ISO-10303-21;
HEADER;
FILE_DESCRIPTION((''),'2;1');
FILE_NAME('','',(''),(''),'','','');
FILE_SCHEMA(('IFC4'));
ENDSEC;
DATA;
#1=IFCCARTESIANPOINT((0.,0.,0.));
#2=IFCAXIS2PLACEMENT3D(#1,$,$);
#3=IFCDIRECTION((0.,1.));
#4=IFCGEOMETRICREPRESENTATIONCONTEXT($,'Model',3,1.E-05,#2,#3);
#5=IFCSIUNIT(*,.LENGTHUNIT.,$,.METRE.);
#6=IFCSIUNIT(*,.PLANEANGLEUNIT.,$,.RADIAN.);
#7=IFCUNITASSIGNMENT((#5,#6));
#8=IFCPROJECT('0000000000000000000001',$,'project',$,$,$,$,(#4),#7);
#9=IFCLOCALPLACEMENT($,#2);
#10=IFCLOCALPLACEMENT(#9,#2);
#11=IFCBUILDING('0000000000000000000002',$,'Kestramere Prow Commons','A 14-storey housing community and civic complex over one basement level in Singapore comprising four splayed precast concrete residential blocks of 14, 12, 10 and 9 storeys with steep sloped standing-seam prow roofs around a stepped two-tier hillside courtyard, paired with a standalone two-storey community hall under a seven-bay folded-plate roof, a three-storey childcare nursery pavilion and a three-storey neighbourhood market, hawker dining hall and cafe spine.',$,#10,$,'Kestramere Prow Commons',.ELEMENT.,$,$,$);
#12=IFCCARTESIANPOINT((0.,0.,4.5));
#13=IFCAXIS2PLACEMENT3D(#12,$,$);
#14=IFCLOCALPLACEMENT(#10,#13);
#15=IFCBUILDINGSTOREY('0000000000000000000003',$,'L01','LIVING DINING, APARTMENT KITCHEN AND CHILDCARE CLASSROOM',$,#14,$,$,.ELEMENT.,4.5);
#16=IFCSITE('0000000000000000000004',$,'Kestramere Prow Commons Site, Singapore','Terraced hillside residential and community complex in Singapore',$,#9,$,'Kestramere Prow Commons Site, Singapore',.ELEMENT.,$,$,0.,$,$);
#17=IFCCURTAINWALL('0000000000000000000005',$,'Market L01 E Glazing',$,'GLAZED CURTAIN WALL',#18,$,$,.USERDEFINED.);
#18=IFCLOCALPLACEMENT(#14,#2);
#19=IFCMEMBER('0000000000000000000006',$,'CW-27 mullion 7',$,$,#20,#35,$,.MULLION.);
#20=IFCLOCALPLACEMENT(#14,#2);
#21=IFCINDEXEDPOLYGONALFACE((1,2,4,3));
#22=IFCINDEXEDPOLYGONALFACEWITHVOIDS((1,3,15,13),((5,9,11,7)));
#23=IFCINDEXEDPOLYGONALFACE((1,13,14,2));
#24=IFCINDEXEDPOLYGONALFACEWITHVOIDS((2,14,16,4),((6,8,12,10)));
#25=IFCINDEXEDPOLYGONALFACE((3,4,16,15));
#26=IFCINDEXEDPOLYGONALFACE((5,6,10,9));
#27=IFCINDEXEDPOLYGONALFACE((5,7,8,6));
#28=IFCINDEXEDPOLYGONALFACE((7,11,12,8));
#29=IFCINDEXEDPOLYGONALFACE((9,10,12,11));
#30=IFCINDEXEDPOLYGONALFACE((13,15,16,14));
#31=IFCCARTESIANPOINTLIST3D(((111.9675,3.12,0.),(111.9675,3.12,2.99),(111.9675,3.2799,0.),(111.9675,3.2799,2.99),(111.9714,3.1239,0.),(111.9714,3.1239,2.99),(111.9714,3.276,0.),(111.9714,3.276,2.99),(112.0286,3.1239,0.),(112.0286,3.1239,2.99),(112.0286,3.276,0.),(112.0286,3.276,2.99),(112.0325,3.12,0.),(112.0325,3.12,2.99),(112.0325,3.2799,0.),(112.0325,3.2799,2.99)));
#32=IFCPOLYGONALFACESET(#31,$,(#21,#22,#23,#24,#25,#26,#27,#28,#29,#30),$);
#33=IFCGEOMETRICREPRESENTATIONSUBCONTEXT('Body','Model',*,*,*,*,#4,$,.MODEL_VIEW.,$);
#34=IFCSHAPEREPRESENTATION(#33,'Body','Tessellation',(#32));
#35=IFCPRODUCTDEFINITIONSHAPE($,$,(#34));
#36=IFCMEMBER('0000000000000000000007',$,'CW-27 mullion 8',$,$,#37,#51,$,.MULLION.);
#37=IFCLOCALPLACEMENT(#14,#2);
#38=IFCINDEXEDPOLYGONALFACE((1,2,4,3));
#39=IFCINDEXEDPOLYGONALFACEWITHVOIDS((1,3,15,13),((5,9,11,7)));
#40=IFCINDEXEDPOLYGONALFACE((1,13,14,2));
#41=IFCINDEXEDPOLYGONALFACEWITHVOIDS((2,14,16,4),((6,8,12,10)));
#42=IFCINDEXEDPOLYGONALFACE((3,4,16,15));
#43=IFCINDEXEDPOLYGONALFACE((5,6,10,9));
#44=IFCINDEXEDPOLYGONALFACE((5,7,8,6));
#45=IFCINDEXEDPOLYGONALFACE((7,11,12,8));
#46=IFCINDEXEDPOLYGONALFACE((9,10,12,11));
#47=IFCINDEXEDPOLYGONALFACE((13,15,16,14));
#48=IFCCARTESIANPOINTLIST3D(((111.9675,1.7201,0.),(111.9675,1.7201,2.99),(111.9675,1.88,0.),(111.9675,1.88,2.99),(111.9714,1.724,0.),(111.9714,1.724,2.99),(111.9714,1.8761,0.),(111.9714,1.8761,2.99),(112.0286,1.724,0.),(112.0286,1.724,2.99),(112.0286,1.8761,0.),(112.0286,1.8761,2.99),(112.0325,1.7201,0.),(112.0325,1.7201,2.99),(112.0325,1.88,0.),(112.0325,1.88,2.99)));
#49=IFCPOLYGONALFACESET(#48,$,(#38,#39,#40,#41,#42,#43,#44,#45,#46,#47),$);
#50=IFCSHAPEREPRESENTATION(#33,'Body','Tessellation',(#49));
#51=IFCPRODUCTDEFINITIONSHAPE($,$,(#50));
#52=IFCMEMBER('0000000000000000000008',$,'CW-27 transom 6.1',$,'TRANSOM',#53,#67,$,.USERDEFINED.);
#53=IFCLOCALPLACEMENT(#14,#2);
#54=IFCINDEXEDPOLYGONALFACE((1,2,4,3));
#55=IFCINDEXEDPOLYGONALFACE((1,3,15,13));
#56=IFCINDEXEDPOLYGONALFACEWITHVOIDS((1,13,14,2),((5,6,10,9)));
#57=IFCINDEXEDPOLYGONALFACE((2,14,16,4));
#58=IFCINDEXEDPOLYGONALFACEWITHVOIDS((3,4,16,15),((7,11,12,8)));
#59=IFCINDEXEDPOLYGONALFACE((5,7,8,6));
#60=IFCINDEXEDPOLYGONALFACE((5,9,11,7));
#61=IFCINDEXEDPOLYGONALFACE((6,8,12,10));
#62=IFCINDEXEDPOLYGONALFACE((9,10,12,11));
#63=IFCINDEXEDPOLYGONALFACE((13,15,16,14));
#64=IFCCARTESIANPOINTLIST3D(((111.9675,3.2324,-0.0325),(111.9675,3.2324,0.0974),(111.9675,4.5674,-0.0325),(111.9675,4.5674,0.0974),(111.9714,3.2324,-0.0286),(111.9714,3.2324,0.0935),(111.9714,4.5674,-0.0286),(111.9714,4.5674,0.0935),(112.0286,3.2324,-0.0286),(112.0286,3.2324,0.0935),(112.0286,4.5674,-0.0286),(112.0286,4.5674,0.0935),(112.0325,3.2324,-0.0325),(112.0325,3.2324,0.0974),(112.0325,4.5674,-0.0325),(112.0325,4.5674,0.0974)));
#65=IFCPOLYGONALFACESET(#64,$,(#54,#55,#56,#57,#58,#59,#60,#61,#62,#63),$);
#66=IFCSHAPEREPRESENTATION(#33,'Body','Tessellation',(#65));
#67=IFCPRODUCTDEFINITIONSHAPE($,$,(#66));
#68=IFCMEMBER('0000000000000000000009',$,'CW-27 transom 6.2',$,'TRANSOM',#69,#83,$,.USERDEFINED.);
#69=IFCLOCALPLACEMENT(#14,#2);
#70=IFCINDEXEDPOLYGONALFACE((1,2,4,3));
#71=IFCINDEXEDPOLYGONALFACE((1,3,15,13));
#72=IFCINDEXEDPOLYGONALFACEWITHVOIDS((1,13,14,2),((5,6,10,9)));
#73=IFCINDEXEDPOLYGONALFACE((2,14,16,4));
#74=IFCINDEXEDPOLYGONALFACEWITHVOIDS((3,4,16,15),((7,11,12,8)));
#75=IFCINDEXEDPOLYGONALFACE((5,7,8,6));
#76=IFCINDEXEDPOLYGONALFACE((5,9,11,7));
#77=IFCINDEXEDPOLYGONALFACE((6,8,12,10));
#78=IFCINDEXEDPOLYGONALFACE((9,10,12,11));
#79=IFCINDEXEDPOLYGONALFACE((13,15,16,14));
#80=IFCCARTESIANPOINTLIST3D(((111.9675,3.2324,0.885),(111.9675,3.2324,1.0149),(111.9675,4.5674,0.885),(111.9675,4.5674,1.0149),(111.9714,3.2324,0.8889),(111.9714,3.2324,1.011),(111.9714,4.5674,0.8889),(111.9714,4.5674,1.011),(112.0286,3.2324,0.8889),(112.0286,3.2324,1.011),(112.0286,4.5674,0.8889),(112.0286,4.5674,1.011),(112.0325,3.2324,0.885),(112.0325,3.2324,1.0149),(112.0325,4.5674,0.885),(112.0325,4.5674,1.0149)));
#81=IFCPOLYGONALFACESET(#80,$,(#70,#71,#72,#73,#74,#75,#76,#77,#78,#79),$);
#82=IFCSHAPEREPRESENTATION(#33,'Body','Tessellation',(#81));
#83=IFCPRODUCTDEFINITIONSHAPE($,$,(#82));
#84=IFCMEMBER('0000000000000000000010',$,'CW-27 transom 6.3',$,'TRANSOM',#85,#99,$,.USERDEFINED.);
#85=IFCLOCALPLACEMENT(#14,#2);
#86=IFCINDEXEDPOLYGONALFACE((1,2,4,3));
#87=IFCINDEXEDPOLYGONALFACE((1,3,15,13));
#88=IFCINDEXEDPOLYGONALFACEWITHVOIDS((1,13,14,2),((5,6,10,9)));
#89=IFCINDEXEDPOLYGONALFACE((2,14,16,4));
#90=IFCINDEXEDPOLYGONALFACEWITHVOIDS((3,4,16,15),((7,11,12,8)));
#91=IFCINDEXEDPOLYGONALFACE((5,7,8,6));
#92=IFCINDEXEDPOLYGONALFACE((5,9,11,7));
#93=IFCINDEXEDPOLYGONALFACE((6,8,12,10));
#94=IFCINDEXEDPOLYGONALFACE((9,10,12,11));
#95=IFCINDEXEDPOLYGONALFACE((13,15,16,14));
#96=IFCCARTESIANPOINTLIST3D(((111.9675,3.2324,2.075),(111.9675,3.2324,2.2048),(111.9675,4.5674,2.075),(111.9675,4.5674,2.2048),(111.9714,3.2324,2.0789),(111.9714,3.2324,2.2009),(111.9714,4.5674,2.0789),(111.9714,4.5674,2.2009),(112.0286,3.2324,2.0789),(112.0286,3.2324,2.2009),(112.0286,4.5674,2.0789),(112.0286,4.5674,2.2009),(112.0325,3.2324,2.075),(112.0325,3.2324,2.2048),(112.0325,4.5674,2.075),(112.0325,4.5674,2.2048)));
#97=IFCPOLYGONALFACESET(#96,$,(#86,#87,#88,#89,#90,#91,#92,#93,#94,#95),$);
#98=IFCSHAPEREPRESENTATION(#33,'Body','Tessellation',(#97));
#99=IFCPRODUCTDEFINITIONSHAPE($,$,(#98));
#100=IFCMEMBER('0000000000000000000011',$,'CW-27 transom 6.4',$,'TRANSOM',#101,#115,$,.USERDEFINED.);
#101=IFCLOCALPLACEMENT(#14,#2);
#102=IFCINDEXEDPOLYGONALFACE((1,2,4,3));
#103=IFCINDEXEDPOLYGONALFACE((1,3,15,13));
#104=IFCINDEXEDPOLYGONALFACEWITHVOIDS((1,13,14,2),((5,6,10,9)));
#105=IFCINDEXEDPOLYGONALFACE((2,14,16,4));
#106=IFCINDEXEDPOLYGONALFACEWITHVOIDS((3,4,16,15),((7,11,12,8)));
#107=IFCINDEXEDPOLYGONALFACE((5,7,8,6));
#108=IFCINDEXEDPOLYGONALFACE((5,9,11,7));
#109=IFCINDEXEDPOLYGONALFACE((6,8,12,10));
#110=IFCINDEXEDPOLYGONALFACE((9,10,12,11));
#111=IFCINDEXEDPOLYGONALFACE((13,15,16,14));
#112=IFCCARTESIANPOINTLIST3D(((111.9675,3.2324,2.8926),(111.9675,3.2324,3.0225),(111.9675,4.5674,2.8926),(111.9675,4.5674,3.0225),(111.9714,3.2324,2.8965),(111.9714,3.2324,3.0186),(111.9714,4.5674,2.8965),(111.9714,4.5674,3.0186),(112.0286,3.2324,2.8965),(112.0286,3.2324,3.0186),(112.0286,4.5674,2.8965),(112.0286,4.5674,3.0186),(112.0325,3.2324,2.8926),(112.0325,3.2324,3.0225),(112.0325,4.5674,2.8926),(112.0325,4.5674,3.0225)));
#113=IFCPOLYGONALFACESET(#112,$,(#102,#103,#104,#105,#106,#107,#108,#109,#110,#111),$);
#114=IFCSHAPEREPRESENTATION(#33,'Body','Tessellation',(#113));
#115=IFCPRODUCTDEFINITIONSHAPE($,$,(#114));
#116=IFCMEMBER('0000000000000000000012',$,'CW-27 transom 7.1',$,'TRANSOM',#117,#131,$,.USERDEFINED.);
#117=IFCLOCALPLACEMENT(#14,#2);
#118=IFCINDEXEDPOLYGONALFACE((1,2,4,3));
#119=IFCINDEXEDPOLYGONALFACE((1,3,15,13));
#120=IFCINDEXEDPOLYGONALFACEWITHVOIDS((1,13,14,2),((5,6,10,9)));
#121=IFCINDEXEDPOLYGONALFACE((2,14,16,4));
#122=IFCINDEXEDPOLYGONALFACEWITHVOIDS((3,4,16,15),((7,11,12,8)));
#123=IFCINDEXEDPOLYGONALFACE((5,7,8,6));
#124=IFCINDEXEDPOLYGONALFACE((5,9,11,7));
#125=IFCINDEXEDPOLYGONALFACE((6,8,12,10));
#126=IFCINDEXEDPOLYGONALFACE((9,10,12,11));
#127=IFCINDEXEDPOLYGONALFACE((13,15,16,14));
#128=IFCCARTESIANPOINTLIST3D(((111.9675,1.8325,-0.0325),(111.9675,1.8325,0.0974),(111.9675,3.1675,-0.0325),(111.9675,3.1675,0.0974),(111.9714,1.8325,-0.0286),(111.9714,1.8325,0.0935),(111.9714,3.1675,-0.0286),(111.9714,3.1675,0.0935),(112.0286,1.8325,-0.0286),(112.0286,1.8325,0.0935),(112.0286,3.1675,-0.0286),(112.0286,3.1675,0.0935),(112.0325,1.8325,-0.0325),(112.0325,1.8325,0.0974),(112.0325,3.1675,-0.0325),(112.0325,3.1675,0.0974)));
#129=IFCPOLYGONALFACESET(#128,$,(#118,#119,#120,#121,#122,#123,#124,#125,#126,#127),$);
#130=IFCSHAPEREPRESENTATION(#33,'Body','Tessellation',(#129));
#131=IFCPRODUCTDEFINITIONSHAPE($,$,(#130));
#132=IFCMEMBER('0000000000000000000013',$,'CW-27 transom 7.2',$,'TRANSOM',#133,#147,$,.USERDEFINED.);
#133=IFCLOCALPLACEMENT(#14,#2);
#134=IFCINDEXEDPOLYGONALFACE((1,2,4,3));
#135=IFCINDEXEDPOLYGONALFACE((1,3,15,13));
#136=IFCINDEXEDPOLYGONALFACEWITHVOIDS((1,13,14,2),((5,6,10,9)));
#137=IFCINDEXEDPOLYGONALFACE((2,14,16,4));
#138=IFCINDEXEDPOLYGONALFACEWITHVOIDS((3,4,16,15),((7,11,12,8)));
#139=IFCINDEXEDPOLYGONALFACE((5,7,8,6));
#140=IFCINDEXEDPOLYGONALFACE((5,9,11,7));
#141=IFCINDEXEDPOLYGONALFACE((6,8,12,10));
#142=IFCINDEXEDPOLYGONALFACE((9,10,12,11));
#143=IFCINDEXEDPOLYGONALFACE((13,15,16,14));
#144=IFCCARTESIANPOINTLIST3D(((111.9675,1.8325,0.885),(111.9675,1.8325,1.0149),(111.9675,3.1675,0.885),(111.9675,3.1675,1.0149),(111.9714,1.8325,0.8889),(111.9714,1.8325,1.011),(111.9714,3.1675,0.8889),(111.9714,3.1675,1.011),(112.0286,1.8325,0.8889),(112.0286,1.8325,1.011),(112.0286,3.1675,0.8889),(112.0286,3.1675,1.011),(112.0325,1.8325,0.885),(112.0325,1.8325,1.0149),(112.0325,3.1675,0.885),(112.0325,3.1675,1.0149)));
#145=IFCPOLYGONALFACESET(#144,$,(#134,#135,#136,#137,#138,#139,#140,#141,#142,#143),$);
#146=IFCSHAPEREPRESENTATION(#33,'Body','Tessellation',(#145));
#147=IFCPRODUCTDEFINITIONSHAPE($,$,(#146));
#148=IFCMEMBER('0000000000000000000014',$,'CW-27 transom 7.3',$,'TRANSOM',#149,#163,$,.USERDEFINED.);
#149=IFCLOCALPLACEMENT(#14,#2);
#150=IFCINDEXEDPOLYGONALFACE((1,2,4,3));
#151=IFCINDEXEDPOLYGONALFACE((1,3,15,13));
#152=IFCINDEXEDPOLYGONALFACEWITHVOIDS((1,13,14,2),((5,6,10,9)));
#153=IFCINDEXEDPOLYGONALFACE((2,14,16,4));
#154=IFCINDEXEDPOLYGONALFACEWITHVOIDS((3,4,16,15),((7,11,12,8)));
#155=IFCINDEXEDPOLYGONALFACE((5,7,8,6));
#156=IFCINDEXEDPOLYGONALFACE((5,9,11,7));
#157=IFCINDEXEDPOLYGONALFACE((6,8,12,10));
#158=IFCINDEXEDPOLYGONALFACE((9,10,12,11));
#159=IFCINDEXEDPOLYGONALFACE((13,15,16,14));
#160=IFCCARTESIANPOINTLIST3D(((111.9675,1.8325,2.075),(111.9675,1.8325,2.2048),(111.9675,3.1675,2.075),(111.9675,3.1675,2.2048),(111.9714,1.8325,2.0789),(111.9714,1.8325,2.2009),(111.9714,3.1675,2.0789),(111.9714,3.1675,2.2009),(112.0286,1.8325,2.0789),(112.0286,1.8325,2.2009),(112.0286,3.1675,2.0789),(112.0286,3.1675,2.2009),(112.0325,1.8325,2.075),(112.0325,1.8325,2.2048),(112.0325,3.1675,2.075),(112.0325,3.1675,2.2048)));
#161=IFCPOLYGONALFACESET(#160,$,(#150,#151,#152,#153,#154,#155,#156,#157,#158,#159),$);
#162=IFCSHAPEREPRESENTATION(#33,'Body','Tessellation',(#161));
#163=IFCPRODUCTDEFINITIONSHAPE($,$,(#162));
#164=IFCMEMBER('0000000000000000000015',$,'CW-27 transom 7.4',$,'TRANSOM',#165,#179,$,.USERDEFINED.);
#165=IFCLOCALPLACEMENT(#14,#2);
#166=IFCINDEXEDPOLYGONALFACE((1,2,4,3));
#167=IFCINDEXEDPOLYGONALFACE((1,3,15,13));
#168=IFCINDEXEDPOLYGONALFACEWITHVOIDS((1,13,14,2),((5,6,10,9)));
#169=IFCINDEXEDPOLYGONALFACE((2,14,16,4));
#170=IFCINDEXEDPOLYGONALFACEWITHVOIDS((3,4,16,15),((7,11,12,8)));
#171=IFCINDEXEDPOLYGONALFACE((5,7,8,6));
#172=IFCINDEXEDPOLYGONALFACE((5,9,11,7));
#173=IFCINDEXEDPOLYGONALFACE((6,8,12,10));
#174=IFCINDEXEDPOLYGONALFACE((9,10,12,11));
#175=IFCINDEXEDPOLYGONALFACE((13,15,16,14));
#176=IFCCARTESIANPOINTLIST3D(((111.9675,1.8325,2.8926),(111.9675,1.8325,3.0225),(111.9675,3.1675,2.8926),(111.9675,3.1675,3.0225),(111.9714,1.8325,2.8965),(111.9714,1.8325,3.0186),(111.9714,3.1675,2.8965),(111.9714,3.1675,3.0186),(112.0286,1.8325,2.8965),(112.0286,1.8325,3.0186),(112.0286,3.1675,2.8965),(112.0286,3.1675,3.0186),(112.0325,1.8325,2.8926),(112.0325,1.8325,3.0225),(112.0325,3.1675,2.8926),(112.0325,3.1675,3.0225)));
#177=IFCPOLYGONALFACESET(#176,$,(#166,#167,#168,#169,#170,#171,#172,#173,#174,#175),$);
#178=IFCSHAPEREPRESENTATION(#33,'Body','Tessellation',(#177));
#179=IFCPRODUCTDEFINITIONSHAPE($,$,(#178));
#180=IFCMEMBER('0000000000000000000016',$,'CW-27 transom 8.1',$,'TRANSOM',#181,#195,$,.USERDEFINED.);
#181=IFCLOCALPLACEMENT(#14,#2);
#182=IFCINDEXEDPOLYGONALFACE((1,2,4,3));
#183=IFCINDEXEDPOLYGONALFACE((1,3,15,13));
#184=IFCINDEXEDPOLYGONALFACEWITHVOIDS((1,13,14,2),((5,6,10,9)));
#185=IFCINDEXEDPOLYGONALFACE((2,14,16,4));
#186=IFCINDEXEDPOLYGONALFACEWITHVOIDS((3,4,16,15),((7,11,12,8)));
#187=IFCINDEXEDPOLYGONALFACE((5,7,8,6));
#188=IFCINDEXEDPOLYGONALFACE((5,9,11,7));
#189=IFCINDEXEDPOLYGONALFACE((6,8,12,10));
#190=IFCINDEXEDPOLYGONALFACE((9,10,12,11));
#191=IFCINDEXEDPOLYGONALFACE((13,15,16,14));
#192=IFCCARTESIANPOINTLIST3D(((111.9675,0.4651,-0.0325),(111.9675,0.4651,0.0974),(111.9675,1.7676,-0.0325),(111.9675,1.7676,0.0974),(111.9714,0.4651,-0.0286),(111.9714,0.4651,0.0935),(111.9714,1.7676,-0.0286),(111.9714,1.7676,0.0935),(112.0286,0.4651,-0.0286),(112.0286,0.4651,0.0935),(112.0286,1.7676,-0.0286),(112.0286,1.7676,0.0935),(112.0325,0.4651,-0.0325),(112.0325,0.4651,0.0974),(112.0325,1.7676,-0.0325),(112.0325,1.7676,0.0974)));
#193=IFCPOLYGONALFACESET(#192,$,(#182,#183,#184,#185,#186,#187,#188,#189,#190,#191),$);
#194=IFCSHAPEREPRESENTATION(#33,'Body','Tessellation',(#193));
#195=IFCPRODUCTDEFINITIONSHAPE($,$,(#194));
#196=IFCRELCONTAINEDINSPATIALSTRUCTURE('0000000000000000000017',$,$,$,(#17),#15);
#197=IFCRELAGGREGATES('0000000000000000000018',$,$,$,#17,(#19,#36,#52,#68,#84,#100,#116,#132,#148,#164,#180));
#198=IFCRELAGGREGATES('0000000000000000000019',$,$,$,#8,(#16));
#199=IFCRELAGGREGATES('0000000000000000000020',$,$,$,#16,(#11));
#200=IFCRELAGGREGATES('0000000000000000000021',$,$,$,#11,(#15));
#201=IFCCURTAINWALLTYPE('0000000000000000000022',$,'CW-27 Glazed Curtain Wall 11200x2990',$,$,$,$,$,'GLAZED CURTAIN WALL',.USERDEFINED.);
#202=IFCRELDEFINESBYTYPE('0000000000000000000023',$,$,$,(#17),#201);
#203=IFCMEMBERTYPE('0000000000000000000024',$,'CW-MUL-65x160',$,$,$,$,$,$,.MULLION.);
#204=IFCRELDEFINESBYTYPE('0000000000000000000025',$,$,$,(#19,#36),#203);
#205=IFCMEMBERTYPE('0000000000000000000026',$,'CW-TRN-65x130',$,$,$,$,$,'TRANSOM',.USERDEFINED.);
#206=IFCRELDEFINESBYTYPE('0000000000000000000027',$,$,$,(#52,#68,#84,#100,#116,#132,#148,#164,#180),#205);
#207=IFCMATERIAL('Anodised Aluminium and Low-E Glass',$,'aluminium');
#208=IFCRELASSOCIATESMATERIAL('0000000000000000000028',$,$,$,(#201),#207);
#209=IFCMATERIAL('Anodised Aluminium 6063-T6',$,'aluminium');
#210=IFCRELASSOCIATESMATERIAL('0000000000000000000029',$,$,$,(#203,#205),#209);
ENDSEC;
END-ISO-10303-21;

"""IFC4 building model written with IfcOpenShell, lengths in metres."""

from ifc_helpers import new_model, si_unit, direction, frame, origin, origin_2d, place, context, subcontext, project, spatial, hollow_rectangle, extrude, material, material_profile, profile_set, type_object, element, aggregate, save


model = new_model("IFC4")

# Units and contexts
model_context = context("Model", 3, precision=1e-05, world=origin(), true_north=direction((0.0, 1.0)))
body_context = subcontext(model_context, "Body", "Model", "MODEL_VIEW")
ifc_project = project(units=[si_unit("LENGTHUNIT", "METRE"), si_unit("PLANEANGLEUNIT", "RADIAN")], contexts=[model_context])

# Site, building, storey
site_placement = place(None, origin())
site = spatial("IfcSite", under=ifc_project, at=site_placement, Name="Kestramere Prow Commons Site, Singapore", Description="Terraced hillside residential and community complex in Singapore", LongName="Kestramere Prow Commons Site, Singapore", CompositionType="ELEMENT", RefElevation=0.0)
building_placement = place(site_placement, origin())
building = spatial("IfcBuilding", under=site, at=building_placement, Name="Kestramere Prow Commons", Description="A 14-storey housing community and civic complex over one basement level in Singapore comprising four splayed precast concrete residential blocks of 14, 12, 10 and 9 storeys with steep sloped standing-seam prow roofs around a stepped two-tier hillside courtyard, paired with a standalone two-storey community hall under a seven-bay folded-plate roof, a three-storey childcare nursery pavilion and a three-storey neighbourhood market, hawker dining hall and cafe spine.", LongName="Kestramere Prow Commons", CompositionType="ELEMENT")
storey_placement = place(building_placement, frame((0.0, 0.0, 4.5)))
storey = spatial("IfcBuildingStorey", under=building, at=storey_placement, Name="L01", Description="LIVING DINING, APARTMENT KITCHEN AND CHILDCARE CLASSROOM", CompositionType="ELEMENT", Elevation=4.5)

# Curtain wall, members
ifc_material_1 = material(Name="Anodised Aluminium and Low-E Glass", Category="aluminium")
curtain_wall_type = type_object("IfcCurtainWallType", Name="CW-27 Glazed Curtain Wall 11200x2990", ElementType="GLAZED CURTAIN WALL", PredefinedType="USERDEFINED", material=ifc_material_1)
curtain_wall_placement = place(storey_placement, origin())
curtain_wall = element("IfcCurtainWall", 1, at=curtain_wall_placement, inside=storey, type_object=curtain_wall_type, Name="Market L01 E Glazing", ObjectType="GLAZED CURTAIN WALL", PredefinedType="USERDEFINED")
ifc_material_2 = material(Name="Anodised Aluminium 6063-T6", Category="aluminium")
ifc_material_profile_1 = material_profile(ifc_material_2, hollow_rectangle(XDim=0.0649, YDim=0.1599, WallThickness=0.0039, at=origin_2d()), Name="ALU-MUL 65x160")
ifc_profile_set_1 = profile_set([ifc_material_profile_1], Name="Anodised Aluminium 6063-T6")
member_type_1 = type_object("IfcMemberType", Name="CW-MUL-65x160", PredefinedType="MULLION", material=ifc_profile_set_1)
member_1_placement = place(storey_placement, frame((112.0, 3.2, 0.0), z_axis=(0.0, 0.0, 1.0), x_axis=(1.0, 0.0, 0.0)))
member_1 = element("IfcMember", 2, at=member_1_placement, type_object=member_type_1, Name="CW-27 mullion 7", PredefinedType="MULLION", context=body_context, shape_type="SweptSolid", body=[
    extrude(hollow_rectangle(XDim=0.0649, YDim=0.1599, WallThickness=0.0039, at=origin_2d()), origin(), (0.0, 0.0, 1.0), 2.99),
])
member_2_placement = place(storey_placement, frame((112.0, 1.8, 0.0), z_axis=(0.0, 0.0, 1.0), x_axis=(1.0, 0.0, 0.0)))
member_2 = element("IfcMember", 3, at=member_2_placement, type_object=member_type_1, Name="CW-27 mullion 8", PredefinedType="MULLION", context=body_context, shape_type="SweptSolid", body=[
    extrude(hollow_rectangle(XDim=0.0649, YDim=0.1599, WallThickness=0.0039, at=origin_2d()), origin(), (0.0, 0.0, 1.0), 2.99),
])
ifc_material_profile_2 = material_profile(ifc_material_2, hollow_rectangle(XDim=0.0649, YDim=0.1299, WallThickness=0.0039, at=origin_2d()), Name="ALU-TRN 65x130")
ifc_profile_set_2 = profile_set([ifc_material_profile_2], Name="Anodised Aluminium 6063-T6")
member_type_2 = type_object("IfcMemberType", Name="CW-TRN-65x130", ElementType="TRANSOM", PredefinedType="USERDEFINED", material=ifc_profile_set_2)
member_3_placement = place(storey_placement, frame((112.0, 4.5674, 0.0325), z_axis=(0.0, -1.0, 0.0), x_axis=(1.0, 0.0, 0.0)))
member_3 = element("IfcMember", 4, at=member_3_placement, type_object=member_type_2, Name="CW-27 transom 6.1", ObjectType="TRANSOM", PredefinedType="USERDEFINED", context=body_context, shape_type="SweptSolid", body=[
    extrude(hollow_rectangle(XDim=0.0649, YDim=0.1299, WallThickness=0.0039, at=origin_2d()), origin(), (0.0, 0.0, 1.0), 1.335),
])
member_4_placement = place(storey_placement, frame((112.0, 4.5674, 0.95), z_axis=(0.0, -1.0, 0.0), x_axis=(1.0, 0.0, 0.0)))
member_4 = element("IfcMember", 5, at=member_4_placement, type_object=member_type_2, Name="CW-27 transom 6.2", ObjectType="TRANSOM", PredefinedType="USERDEFINED", context=body_context, shape_type="SweptSolid", body=[
    extrude(hollow_rectangle(XDim=0.0649, YDim=0.1299, WallThickness=0.0039, at=origin_2d()), origin(), (0.0, 0.0, 1.0), 1.335),
])
member_5_placement = place(storey_placement, frame((112.0, 4.5674, 2.1399), z_axis=(0.0, -1.0, 0.0), x_axis=(1.0, 0.0, 0.0)))
member_5 = element("IfcMember", 6, at=member_5_placement, type_object=member_type_2, Name="CW-27 transom 6.3", ObjectType="TRANSOM", PredefinedType="USERDEFINED", context=body_context, shape_type="SweptSolid", body=[
    extrude(hollow_rectangle(XDim=0.0649, YDim=0.1299, WallThickness=0.0039, at=origin_2d()), origin(), (0.0, 0.0, 1.0), 1.335),
])
member_6_placement = place(storey_placement, frame((112.0, 4.5674, 2.9575), z_axis=(0.0, -1.0, 0.0), x_axis=(1.0, 0.0, 0.0)))
member_6 = element("IfcMember", 7, at=member_6_placement, type_object=member_type_2, Name="CW-27 transom 6.4", ObjectType="TRANSOM", PredefinedType="USERDEFINED", context=body_context, shape_type="SweptSolid", body=[
    extrude(hollow_rectangle(XDim=0.0649, YDim=0.1299, WallThickness=0.0039, at=origin_2d()), origin(), (0.0, 0.0, 1.0), 1.335),
])
member_7_placement = place(storey_placement, frame((112.0, 3.1675, 0.0325), z_axis=(0.0, -1.0, 0.0), x_axis=(1.0, 0.0, 0.0)))
member_7 = element("IfcMember", 8, at=member_7_placement, type_object=member_type_2, Name="CW-27 transom 7.1", ObjectType="TRANSOM", PredefinedType="USERDEFINED", context=body_context, shape_type="SweptSolid", body=[
    extrude(hollow_rectangle(XDim=0.0649, YDim=0.1299, WallThickness=0.0039, at=origin_2d()), origin(), (0.0, 0.0, 1.0), 1.335),
])
member_8_placement = place(storey_placement, frame((112.0, 3.1675, 0.95), z_axis=(0.0, -1.0, 0.0), x_axis=(1.0, 0.0, 0.0)))
member_8 = element("IfcMember", 9, at=member_8_placement, type_object=member_type_2, Name="CW-27 transom 7.2", ObjectType="TRANSOM", PredefinedType="USERDEFINED", context=body_context, shape_type="SweptSolid", body=[
    extrude(hollow_rectangle(XDim=0.0649, YDim=0.1299, WallThickness=0.0039, at=origin_2d()), origin(), (0.0, 0.0, 1.0), 1.335),
])
member_9_placement = place(storey_placement, frame((112.0, 3.1675, 2.1399), z_axis=(0.0, -1.0, 0.0), x_axis=(1.0, 0.0, 0.0)))
member_9 = element("IfcMember", 10, at=member_9_placement, type_object=member_type_2, Name="CW-27 transom 7.3", ObjectType="TRANSOM", PredefinedType="USERDEFINED", context=body_context, shape_type="SweptSolid", body=[
    extrude(hollow_rectangle(XDim=0.0649, YDim=0.1299, WallThickness=0.0039, at=origin_2d()), origin(), (0.0, 0.0, 1.0), 1.335),
])
member_10_placement = place(storey_placement, frame((112.0, 3.1675, 2.9575), z_axis=(0.0, -1.0, 0.0), x_axis=(1.0, 0.0, 0.0)))
member_10 = element("IfcMember", 11, at=member_10_placement, type_object=member_type_2, Name="CW-27 transom 7.4", ObjectType="TRANSOM", PredefinedType="USERDEFINED", context=body_context, shape_type="SweptSolid", body=[
    extrude(hollow_rectangle(XDim=0.0649, YDim=0.1299, WallThickness=0.0039, at=origin_2d()), origin(), (0.0, 0.0, 1.0), 1.335),
])
member_11_placement = place(storey_placement, frame((112.0, 1.7676, 0.0325), z_axis=(0.0, -1.0, 0.0), x_axis=(1.0, 0.0, 0.0)))
member_11 = element("IfcMember", 12, at=member_11_placement, type_object=member_type_2, Name="CW-27 transom 8.1", ObjectType="TRANSOM", PredefinedType="USERDEFINED", context=body_context, shape_type="SweptSolid", body=[
    extrude(hollow_rectangle(XDim=0.0649, YDim=0.1299, WallThickness=0.0039, at=origin_2d()), origin(), (0.0, 0.0, 1.0), 1.3025),
])
aggregate(curtain_wall, [member_1, member_2, member_3, member_4, member_5, member_6, member_7, member_8, member_9, member_10, member_11])

save(model, "model.ifc")
